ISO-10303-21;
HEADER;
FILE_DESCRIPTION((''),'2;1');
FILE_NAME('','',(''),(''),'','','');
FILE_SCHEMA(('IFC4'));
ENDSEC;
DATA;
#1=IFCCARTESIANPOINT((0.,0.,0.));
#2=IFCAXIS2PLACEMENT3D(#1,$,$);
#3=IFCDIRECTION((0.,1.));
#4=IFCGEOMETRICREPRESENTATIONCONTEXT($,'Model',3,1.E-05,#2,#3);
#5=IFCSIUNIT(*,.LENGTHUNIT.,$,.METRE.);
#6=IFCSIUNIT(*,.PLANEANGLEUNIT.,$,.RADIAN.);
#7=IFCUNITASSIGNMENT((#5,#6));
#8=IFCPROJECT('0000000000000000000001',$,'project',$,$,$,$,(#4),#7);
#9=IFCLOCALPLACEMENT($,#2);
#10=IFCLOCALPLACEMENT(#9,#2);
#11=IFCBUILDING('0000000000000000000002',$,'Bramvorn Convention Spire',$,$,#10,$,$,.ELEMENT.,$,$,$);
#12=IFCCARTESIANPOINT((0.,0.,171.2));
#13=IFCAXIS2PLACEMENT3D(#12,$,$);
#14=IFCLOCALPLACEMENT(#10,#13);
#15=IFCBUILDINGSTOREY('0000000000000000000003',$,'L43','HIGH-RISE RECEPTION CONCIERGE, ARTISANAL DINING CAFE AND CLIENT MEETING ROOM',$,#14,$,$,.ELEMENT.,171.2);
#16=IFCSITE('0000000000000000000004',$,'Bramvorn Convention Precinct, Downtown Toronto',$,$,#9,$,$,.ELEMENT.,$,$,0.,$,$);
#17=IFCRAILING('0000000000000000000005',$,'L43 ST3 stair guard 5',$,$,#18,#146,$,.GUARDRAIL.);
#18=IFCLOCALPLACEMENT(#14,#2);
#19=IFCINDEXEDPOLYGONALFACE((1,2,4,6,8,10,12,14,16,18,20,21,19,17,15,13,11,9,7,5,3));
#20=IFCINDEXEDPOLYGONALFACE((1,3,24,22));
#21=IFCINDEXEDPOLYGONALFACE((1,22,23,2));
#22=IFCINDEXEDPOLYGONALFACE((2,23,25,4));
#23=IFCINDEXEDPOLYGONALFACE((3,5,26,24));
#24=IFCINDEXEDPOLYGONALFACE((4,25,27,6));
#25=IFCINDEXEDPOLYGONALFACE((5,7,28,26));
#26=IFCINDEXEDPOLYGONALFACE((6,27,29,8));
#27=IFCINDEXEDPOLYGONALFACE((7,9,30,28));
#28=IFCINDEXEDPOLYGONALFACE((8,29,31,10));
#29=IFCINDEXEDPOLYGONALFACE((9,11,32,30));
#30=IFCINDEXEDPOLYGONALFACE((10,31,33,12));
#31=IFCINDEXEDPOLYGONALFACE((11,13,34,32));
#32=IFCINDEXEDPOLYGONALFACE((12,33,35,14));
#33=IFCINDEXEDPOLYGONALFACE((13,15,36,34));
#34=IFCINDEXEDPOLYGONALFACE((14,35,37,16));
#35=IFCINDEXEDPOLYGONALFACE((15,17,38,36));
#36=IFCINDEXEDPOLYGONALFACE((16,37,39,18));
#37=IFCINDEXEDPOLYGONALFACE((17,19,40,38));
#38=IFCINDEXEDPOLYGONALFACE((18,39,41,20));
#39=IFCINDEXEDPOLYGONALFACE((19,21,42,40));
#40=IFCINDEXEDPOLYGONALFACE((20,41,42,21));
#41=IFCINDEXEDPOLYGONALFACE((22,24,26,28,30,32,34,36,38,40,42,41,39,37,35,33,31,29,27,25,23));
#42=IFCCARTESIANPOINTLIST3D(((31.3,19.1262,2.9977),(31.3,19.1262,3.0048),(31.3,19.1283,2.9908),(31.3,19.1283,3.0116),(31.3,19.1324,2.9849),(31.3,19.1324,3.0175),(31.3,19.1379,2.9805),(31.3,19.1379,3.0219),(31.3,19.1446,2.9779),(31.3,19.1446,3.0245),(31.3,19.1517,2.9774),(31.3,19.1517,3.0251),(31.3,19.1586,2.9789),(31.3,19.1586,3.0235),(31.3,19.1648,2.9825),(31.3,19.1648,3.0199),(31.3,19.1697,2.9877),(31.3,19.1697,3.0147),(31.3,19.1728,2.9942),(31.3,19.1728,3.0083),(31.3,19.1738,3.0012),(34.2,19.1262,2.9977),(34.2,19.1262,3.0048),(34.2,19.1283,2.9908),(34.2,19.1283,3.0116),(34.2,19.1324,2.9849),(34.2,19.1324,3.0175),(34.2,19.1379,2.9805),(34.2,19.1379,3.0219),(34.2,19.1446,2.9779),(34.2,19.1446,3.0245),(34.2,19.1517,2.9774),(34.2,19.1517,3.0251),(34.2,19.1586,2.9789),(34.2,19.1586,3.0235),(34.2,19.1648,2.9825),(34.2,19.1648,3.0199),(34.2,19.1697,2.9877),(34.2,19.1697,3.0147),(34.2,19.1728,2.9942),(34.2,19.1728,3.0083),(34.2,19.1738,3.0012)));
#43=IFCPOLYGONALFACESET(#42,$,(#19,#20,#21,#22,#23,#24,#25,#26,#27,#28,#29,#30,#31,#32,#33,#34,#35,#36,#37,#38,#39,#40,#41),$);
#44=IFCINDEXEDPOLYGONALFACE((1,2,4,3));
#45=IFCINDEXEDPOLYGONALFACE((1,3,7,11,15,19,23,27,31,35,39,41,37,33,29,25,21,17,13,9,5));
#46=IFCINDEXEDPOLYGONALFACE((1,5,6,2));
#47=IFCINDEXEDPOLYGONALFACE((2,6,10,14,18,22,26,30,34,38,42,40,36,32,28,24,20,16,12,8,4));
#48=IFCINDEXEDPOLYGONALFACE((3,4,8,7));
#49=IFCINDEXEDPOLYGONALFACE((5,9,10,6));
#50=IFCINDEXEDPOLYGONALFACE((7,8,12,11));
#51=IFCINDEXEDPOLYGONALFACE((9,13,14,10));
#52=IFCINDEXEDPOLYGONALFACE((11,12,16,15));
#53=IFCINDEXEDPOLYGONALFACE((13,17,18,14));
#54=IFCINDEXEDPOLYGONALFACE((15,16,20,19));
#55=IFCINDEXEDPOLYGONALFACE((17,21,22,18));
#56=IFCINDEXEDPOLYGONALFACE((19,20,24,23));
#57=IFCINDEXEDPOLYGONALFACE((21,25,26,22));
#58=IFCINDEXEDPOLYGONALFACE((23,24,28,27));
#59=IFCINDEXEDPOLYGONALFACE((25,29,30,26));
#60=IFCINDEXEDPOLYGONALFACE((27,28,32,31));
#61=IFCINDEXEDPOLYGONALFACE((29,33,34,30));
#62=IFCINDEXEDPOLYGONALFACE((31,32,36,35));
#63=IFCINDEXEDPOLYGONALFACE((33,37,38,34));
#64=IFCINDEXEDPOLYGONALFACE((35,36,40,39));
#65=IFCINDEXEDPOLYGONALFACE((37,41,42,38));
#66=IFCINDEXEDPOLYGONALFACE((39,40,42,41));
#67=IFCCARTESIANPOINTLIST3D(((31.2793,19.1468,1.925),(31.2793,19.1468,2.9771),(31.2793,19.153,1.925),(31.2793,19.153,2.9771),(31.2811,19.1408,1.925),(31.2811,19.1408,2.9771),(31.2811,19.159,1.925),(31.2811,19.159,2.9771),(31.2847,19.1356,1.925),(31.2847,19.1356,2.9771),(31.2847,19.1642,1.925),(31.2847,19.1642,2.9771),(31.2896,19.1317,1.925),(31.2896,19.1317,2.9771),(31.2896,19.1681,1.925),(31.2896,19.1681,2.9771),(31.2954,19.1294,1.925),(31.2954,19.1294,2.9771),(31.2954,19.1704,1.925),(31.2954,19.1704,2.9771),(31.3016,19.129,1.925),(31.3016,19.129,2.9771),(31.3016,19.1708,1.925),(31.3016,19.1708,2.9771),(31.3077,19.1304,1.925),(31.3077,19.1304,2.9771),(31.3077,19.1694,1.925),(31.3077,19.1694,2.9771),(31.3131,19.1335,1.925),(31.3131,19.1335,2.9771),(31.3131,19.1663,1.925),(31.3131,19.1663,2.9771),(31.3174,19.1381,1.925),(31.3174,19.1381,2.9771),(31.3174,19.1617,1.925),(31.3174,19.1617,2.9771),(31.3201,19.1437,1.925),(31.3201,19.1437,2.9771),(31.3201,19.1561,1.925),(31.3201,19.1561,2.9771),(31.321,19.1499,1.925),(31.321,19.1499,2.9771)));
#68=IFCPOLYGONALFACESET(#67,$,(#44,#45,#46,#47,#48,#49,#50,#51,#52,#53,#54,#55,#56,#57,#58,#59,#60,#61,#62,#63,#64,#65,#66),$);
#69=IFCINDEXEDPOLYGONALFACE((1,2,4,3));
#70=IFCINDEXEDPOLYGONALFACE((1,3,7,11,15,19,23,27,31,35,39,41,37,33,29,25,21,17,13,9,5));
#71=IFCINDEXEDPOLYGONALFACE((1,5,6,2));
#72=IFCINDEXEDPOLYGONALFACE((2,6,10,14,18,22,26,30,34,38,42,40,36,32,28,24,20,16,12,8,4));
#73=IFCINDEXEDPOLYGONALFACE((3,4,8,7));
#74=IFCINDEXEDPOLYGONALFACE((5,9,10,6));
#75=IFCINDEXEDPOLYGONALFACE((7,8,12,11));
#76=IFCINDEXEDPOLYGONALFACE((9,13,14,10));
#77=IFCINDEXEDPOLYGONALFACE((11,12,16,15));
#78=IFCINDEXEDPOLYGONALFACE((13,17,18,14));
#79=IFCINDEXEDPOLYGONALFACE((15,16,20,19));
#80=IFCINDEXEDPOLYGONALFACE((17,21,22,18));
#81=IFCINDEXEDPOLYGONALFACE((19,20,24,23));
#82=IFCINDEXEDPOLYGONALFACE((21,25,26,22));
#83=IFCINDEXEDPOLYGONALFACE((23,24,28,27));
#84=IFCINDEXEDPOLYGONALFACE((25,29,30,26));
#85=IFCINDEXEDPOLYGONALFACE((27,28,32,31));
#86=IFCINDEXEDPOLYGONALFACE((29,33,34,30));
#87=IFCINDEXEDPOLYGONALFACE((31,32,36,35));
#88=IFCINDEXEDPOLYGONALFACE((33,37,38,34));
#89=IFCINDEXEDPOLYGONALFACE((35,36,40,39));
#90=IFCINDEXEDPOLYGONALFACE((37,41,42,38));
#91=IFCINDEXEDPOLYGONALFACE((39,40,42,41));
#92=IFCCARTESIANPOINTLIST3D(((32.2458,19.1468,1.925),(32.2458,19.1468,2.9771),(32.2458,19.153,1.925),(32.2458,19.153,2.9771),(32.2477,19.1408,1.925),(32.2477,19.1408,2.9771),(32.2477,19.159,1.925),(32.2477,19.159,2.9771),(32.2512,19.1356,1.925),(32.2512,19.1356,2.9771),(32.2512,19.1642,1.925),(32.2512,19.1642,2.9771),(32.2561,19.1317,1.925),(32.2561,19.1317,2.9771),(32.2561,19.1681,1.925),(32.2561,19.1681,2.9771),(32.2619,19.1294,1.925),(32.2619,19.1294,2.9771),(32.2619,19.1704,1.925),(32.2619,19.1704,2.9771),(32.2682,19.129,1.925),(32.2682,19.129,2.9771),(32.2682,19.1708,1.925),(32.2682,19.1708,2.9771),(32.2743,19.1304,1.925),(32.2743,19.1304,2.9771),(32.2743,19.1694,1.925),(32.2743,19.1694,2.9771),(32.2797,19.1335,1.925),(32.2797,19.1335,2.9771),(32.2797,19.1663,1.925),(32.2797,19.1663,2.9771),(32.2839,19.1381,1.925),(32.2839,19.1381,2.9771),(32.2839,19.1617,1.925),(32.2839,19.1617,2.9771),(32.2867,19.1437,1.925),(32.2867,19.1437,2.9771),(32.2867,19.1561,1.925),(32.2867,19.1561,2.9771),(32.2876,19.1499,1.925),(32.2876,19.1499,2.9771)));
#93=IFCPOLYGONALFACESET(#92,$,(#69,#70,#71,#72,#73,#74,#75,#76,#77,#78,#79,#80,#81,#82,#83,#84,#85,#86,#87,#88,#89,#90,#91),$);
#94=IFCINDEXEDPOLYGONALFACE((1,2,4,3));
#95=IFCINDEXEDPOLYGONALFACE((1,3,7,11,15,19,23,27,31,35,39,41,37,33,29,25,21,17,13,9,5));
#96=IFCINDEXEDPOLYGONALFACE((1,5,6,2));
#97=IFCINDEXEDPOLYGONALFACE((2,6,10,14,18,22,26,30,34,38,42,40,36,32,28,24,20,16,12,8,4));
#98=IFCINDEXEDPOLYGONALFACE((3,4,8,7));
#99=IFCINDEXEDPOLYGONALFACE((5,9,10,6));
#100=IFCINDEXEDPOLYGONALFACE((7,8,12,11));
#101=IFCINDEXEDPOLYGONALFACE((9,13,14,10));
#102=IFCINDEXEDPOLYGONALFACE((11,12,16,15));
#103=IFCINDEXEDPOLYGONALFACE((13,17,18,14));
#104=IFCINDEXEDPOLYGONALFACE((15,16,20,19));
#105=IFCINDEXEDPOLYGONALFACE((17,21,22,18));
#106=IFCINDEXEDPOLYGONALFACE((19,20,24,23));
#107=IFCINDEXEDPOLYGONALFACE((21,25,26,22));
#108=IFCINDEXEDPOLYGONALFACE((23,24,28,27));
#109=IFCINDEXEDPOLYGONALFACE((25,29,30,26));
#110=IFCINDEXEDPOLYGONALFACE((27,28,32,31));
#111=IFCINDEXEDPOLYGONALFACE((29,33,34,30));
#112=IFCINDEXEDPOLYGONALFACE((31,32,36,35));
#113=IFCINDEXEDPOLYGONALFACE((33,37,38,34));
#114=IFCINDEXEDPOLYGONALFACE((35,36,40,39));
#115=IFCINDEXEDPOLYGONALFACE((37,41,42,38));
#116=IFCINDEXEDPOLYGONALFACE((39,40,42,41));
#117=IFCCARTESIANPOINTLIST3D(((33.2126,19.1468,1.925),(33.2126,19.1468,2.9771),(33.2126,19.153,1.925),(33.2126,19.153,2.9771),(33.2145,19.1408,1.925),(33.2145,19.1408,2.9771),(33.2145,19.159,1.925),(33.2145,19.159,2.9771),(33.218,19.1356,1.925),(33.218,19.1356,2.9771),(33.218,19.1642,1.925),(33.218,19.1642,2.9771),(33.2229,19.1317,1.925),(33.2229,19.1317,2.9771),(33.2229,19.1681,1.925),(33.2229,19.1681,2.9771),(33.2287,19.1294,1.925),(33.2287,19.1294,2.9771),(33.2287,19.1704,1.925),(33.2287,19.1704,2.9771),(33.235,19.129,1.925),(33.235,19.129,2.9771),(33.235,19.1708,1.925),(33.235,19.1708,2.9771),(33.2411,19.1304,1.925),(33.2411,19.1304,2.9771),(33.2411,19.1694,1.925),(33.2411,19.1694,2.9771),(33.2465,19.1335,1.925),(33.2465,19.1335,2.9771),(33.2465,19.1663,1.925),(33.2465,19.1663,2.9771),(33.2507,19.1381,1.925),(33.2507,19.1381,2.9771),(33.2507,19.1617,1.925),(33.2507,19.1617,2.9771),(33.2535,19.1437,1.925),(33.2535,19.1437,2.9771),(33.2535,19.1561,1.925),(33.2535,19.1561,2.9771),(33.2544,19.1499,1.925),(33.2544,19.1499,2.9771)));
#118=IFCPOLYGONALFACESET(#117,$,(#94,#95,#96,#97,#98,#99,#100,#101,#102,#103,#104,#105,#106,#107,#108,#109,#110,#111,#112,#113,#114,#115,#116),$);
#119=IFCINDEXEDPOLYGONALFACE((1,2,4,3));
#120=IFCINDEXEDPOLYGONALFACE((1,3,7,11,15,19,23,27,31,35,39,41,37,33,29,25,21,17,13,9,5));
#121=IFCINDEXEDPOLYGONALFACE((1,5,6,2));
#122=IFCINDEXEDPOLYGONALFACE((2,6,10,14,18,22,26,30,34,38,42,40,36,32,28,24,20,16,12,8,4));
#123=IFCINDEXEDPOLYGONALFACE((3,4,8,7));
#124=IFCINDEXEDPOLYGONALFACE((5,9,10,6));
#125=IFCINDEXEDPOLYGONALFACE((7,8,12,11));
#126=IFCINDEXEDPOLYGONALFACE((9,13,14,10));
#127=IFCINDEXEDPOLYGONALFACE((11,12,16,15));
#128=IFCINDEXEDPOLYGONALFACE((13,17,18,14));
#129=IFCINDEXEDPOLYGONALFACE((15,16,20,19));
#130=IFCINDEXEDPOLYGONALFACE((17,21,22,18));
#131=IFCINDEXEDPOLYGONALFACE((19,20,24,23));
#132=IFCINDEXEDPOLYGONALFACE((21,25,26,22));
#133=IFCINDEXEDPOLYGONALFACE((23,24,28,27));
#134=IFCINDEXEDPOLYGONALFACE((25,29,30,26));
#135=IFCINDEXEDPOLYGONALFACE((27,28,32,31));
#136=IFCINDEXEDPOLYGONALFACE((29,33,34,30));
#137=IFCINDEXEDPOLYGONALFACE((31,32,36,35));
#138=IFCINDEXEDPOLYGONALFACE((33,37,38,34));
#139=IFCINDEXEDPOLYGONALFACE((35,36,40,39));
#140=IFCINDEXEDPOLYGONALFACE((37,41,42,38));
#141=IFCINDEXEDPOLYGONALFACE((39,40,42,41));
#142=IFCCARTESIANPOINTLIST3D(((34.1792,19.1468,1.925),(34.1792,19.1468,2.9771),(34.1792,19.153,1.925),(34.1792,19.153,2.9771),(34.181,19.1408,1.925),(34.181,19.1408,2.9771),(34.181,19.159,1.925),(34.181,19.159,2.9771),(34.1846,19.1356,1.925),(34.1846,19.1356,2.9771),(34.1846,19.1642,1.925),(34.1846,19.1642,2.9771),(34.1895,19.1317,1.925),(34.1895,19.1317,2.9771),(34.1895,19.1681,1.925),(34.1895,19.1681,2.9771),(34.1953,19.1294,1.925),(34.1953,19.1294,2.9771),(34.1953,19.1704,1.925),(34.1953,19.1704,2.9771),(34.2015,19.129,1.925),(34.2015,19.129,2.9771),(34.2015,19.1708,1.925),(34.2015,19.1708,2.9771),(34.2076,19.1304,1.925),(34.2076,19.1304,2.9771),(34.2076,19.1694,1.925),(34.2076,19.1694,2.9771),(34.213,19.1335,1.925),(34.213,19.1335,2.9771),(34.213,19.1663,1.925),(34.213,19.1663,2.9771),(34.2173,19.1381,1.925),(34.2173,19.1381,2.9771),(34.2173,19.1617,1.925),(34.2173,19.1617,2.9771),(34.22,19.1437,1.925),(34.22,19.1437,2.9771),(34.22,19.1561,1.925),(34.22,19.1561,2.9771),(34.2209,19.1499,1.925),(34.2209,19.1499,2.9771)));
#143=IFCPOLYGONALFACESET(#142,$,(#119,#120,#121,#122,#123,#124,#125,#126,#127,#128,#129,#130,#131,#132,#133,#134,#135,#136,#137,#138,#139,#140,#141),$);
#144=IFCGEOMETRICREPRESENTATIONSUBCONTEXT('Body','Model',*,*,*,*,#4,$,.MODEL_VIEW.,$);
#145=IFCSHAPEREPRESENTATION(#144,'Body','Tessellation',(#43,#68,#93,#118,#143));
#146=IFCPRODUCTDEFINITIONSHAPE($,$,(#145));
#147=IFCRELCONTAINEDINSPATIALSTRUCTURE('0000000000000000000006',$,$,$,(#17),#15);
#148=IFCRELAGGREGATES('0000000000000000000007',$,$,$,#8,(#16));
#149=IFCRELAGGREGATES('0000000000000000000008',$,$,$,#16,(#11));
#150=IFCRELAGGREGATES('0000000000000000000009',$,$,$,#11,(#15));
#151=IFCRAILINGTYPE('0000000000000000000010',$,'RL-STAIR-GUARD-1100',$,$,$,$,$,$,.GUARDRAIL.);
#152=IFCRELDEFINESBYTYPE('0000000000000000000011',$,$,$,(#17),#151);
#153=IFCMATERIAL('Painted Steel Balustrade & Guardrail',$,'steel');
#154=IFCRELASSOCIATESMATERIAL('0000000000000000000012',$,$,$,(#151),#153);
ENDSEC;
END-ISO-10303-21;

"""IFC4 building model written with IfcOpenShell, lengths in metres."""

from ifc_helpers import new_model, si_unit, direction, frame, origin, origin_2d, place, context, subcontext, project, spatial, circle, extrude, material, type_object, element, save


model = new_model("IFC4")

# Units and contexts
model_context = context("Model", 3, precision=1e-05, world=origin(), true_north=direction((0.0, 1.0)))
body_context = subcontext(model_context, "Body", "Model", "MODEL_VIEW")
ifc_project = project(units=[si_unit("LENGTHUNIT", "METRE"), si_unit("PLANEANGLEUNIT", "RADIAN")], contexts=[model_context])

# Site, building, storey
site_placement = place(None, origin())
site = spatial("IfcSite", under=ifc_project, at=site_placement, Name="Bramvorn Convention Precinct, Downtown Toronto", CompositionType="ELEMENT", RefElevation=0.0)
building_placement = place(site_placement, origin())
building = spatial("IfcBuilding", under=site, at=building_placement, Name="Bramvorn Convention Spire", CompositionType="ELEMENT")
storey_placement = place(building_placement, frame((0.0, 0.0, 171.2)))
storey = spatial("IfcBuildingStorey", under=building, at=storey_placement, Name="L43", Description="HIGH-RISE RECEPTION CONCIERGE, ARTISANAL DINING CAFE AND CLIENT MEETING ROOM", CompositionType="ELEMENT", Elevation=171.2)

# Railing
ifc_material_1 = material(Name="Painted Steel Balustrade & Guardrail", Category="steel")
railing_type_1 = type_object("IfcRailingType", Name="RL-STAIR-GUARD-1100", PredefinedType="GUARDRAIL", material=ifc_material_1)
railing_1_placement = place(storey_placement, frame((31.3, 19.1499, 1.925)))
element("IfcRailing", 1, at=railing_1_placement, inside=storey, type_object=railing_type_1, Name="L43 ST3 stair guard 5", PredefinedType="GUARDRAIL", context=body_context, shape_type="SweptSolid", body=[
    extrude(circle(Radius=0.0239, at=origin_2d()), frame((0.0, 0.0, 1.0762), z_axis=(1.0, 0.0, 0.0), x_axis=(0.0, 1.0, 0.0)), (0.0, 0.0, 1.0), 2.8999),
    extrude(circle(Radius=0.021, at=origin_2d()), origin(), (0.0, 0.0, 1.0), 1.052),
    extrude(circle(Radius=0.021, at=origin_2d()), frame((0.9666, 0.0, 0.0)), (0.0, 0.0, 1.0), 1.052),
    extrude(circle(Radius=0.021, at=origin_2d()), frame((1.9333, 0.0, 0.0)), (0.0, 0.0, 1.0), 1.052),
    extrude(circle(Radius=0.021, at=origin_2d()), frame((2.8999, 0.0, 0.0)), (0.0, 0.0, 1.0), 1.052),
])

save(model, "model.ifc")
